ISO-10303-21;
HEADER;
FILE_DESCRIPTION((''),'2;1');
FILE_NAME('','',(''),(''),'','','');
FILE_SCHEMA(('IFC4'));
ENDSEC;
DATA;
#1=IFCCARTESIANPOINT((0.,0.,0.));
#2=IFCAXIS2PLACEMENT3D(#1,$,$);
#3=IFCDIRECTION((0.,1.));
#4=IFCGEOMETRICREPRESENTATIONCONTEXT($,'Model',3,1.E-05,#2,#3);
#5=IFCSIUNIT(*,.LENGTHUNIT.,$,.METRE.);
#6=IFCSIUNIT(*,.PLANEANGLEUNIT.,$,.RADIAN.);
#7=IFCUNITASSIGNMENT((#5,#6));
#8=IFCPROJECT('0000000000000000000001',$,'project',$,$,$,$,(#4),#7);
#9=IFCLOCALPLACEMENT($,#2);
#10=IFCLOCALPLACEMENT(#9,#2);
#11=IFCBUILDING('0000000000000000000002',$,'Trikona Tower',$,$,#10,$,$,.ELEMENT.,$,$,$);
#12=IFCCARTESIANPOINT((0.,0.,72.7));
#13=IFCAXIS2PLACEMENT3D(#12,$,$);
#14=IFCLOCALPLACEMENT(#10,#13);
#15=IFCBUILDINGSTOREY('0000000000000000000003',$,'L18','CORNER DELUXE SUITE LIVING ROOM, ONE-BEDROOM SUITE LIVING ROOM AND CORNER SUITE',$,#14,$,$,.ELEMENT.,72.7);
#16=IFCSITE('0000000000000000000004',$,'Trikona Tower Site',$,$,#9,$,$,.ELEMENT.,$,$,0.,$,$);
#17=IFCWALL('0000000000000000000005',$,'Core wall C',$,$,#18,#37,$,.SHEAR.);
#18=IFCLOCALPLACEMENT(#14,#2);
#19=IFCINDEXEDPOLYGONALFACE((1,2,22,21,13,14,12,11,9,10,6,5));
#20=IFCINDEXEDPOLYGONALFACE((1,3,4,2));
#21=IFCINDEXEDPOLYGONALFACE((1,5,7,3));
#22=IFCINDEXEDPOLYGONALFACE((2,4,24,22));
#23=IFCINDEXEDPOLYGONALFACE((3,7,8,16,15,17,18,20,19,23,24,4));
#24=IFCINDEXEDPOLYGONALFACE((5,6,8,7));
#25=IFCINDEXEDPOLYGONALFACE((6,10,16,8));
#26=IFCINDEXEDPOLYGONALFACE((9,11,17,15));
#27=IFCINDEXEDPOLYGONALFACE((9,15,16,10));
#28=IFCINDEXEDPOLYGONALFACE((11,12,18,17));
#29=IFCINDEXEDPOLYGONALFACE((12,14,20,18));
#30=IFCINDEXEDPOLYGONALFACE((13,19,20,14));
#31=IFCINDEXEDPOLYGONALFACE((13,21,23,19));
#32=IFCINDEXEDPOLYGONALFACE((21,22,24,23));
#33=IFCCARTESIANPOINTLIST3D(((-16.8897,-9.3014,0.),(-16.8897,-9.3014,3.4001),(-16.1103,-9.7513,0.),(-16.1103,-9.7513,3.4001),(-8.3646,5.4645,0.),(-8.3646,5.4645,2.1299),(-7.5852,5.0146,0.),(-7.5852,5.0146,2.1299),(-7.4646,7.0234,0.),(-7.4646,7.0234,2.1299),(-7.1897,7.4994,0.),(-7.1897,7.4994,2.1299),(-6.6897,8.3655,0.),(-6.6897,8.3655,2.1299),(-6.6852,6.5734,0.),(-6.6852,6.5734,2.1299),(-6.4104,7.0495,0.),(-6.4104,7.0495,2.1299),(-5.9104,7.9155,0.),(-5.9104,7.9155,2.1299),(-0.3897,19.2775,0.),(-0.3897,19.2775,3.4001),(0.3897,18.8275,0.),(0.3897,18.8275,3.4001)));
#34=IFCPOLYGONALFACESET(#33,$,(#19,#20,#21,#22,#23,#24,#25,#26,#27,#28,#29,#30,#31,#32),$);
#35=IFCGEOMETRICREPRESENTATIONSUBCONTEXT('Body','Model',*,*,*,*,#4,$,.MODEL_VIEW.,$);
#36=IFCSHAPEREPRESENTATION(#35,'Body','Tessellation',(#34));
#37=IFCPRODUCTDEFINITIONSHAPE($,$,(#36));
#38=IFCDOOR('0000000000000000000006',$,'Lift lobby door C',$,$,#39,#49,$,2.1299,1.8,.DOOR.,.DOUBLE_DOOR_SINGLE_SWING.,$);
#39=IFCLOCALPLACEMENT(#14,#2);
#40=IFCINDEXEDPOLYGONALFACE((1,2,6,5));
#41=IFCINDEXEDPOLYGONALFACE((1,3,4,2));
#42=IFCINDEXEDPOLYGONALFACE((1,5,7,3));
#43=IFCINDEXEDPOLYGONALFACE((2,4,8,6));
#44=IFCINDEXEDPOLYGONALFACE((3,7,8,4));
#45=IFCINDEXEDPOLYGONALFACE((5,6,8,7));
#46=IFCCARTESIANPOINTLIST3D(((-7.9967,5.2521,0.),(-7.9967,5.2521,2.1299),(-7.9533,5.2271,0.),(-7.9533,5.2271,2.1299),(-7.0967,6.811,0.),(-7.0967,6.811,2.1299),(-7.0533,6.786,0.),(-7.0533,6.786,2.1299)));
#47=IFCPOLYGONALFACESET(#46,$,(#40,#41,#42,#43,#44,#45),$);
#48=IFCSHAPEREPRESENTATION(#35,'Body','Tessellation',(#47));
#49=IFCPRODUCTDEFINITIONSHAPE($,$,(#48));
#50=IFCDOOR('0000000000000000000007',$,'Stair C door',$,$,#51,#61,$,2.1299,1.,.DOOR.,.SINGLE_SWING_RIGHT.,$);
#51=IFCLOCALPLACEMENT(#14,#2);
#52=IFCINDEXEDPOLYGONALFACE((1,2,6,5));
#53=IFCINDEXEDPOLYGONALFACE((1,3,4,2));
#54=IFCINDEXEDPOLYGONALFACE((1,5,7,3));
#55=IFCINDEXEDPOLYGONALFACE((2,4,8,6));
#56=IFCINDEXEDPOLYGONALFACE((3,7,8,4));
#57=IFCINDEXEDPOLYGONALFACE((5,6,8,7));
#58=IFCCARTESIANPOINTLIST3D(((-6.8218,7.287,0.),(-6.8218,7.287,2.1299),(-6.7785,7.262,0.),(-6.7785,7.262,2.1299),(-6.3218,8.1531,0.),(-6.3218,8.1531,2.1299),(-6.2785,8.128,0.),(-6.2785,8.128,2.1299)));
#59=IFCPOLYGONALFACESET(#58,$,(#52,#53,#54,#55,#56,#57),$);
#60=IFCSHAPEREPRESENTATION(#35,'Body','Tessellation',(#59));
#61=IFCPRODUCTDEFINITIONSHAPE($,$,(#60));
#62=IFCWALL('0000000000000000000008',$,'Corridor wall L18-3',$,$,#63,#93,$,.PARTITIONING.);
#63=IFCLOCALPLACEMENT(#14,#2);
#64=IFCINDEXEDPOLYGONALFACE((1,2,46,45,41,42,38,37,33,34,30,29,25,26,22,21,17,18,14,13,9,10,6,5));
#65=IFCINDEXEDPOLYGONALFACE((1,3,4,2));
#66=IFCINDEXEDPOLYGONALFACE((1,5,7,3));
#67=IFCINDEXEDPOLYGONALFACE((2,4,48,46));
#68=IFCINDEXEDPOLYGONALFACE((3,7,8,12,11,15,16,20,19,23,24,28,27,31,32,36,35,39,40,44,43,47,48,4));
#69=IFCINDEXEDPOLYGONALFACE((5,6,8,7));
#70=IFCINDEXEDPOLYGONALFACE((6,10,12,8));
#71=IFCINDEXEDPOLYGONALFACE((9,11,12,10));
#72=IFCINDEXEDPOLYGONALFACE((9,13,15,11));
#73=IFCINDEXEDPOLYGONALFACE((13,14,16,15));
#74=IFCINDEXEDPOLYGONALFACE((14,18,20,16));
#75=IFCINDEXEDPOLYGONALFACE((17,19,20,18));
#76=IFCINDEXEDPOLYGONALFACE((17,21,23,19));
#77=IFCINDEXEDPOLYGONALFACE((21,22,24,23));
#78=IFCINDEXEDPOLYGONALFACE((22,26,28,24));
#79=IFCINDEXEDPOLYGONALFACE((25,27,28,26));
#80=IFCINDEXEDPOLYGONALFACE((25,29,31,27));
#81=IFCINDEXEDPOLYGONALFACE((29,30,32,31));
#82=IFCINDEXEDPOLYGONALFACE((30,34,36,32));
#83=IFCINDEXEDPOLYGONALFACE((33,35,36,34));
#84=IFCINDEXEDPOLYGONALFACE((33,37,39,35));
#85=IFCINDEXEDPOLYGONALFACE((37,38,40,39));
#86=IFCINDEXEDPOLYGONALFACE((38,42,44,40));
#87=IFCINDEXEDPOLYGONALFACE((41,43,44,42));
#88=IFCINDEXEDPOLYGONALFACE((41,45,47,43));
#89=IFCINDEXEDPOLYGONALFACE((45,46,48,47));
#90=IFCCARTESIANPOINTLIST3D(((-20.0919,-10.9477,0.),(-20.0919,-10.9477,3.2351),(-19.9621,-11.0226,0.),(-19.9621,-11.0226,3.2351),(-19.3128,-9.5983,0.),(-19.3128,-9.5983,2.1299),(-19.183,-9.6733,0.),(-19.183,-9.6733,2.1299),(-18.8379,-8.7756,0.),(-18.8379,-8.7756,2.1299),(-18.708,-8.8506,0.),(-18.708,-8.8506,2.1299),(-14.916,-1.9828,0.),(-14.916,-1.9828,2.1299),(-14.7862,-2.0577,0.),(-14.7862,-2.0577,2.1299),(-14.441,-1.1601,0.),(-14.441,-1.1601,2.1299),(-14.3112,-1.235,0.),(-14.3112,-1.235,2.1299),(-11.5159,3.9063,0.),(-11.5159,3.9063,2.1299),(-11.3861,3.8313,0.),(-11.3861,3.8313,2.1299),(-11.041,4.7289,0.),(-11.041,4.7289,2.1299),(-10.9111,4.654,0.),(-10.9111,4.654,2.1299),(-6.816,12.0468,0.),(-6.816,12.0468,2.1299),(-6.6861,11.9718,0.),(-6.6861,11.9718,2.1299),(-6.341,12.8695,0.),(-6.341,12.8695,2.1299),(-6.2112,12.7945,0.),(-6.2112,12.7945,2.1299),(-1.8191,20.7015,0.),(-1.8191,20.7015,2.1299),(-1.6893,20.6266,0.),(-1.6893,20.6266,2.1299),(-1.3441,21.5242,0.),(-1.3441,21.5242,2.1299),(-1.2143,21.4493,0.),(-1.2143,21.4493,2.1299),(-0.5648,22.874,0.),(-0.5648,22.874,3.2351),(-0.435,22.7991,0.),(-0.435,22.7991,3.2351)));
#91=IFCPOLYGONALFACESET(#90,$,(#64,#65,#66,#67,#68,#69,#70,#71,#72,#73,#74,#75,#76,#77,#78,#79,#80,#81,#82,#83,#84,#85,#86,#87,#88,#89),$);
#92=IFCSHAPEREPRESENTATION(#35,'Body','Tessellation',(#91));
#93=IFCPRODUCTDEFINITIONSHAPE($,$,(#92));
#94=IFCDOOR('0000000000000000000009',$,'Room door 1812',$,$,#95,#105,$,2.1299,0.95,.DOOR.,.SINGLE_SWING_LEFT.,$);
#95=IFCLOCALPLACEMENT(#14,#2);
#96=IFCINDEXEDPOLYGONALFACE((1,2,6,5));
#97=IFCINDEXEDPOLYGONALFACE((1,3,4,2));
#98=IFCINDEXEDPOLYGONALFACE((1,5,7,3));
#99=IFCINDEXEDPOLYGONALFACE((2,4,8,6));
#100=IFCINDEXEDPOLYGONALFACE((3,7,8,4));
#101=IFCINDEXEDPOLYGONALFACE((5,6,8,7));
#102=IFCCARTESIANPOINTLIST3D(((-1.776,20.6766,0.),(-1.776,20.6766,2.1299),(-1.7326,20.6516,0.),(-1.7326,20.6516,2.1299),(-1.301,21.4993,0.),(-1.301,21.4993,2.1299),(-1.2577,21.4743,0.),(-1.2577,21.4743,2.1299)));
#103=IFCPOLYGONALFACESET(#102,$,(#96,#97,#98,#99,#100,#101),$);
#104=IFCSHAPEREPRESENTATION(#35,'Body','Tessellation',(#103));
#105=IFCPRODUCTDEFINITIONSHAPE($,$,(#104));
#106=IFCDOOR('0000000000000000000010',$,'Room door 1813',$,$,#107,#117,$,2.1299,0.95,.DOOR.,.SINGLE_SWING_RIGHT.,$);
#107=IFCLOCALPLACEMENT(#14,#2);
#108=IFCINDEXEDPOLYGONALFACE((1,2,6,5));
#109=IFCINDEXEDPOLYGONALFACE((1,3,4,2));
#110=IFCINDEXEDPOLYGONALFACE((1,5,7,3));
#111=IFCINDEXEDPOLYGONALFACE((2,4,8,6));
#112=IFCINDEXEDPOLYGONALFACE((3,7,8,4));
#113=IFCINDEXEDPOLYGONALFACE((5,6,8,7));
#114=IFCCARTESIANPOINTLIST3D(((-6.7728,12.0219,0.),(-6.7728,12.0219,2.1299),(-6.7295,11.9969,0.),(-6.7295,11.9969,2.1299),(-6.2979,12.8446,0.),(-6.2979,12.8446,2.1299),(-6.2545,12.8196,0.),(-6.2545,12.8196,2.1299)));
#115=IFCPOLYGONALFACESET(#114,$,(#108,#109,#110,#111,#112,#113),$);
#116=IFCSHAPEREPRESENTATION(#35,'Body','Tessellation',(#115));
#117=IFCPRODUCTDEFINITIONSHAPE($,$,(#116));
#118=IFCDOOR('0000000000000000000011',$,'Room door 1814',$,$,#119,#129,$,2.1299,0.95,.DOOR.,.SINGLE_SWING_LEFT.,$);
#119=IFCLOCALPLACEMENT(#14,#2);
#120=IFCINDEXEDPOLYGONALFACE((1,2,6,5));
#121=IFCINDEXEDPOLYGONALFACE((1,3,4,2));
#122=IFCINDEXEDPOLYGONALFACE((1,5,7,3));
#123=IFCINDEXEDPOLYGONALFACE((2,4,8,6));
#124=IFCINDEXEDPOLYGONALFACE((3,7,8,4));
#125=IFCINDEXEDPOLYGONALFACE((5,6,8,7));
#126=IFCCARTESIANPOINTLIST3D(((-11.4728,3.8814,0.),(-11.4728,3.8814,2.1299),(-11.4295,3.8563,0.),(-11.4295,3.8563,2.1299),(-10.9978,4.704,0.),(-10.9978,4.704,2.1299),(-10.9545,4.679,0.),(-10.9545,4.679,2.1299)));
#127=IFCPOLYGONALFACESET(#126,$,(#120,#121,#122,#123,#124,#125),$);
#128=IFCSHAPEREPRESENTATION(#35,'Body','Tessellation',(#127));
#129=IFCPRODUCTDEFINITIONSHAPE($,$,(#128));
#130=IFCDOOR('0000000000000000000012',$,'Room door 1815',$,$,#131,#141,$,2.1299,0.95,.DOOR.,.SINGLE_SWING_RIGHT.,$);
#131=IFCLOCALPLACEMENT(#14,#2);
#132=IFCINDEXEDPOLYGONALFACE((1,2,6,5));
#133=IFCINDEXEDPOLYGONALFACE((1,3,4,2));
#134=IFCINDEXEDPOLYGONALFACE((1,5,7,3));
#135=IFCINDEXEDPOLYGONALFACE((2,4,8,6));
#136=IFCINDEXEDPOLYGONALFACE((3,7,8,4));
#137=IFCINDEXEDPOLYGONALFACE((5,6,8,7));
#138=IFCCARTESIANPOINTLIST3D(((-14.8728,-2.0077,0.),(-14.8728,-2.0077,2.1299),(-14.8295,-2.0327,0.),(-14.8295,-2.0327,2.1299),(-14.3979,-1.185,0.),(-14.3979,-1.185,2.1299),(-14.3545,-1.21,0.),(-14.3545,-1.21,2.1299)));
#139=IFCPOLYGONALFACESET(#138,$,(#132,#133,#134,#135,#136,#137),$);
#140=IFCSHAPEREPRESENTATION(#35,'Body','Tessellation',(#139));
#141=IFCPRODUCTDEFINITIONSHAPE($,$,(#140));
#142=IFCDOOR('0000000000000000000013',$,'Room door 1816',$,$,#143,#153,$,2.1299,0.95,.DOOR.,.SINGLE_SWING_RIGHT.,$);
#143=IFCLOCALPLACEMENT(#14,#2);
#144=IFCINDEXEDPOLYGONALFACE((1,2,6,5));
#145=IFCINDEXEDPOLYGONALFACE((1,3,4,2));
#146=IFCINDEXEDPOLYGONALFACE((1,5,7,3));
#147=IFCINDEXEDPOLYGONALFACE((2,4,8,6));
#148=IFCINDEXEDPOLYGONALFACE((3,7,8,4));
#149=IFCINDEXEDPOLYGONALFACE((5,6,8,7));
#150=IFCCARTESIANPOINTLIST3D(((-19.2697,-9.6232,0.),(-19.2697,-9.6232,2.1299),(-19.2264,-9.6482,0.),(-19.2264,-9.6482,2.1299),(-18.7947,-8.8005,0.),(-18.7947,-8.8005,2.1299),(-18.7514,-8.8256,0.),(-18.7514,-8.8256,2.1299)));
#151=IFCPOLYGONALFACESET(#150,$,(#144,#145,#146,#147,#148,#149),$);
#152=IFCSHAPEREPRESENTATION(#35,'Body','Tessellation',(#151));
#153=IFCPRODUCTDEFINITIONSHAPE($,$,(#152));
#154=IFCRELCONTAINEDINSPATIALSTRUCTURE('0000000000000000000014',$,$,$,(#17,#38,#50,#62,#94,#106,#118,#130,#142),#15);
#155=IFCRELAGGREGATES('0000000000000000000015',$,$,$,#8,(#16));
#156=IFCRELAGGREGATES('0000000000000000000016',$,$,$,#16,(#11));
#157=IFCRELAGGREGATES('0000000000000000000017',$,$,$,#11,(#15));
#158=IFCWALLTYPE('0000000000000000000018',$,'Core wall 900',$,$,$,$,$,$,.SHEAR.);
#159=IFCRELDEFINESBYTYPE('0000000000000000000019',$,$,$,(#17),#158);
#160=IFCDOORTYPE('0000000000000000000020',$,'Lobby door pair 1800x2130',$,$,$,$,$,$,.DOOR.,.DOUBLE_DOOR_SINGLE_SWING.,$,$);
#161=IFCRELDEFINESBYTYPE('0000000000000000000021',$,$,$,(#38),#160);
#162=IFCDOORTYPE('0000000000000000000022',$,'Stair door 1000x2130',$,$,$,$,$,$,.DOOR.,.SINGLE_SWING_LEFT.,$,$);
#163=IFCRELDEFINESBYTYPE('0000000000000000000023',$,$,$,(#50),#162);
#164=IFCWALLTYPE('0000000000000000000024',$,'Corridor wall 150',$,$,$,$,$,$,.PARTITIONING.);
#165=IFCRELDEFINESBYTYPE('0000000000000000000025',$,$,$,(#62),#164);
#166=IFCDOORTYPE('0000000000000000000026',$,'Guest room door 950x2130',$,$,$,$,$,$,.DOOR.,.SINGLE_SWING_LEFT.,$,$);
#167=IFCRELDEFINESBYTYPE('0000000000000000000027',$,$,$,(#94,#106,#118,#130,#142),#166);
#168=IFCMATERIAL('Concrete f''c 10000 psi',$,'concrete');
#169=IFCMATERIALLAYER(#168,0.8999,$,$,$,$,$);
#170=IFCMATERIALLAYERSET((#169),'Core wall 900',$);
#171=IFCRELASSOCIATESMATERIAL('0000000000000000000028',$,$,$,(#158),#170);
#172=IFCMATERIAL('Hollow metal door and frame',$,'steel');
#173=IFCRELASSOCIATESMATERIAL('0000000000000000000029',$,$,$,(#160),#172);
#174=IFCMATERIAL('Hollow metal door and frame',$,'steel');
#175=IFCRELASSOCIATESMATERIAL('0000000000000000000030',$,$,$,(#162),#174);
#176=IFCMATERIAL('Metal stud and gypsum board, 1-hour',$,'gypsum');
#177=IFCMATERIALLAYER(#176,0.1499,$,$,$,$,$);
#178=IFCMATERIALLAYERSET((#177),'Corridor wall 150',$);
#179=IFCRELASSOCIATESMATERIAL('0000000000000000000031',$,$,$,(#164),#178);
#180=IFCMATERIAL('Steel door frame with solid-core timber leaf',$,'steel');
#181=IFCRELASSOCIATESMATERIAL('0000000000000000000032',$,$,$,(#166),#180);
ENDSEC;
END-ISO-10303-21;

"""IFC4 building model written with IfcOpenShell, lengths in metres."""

from ifc_helpers import new_model, si_unit, direction, frame, frame_2d, origin, place, context, subcontext, project, spatial, rectangle, extrude, material, layer, layer_set, type_object, element, fill, save


model = new_model("IFC4")

# Units and contexts
model_context = context("Model", 3, precision=1e-05, world=origin(), true_north=direction((0.0, 1.0)))
body_context = subcontext(model_context, "Body", "Model", "MODEL_VIEW")
ifc_project = project(units=[si_unit("LENGTHUNIT", "METRE"), si_unit("PLANEANGLEUNIT", "RADIAN")], contexts=[model_context])

# Site, building, storey
site_placement = place(None, origin())
site = spatial("IfcSite", under=ifc_project, at=site_placement, Name="Trikona Tower Site", CompositionType="ELEMENT", RefElevation=0.0)
building_placement = place(site_placement, origin())
building = spatial("IfcBuilding", under=site, at=building_placement, Name="Trikona Tower", CompositionType="ELEMENT")
storey_placement = place(building_placement, frame((0.0, 0.0, 72.7)))
storey = spatial("IfcBuildingStorey", under=building, at=storey_placement, Name="L18", Description="CORNER DELUXE SUITE LIVING ROOM, ONE-BEDROOM SUITE LIVING ROOM AND CORNER SUITE", CompositionType="ELEMENT", Elevation=72.7)

# Walls, openings, doors
ifc_material_1 = material(Name="Concrete f'c 10000 psi", Category="concrete")
ifc_layer_1 = layer(ifc_material_1, 0.8999)
ifc_layer_set_1 = layer_set([ifc_layer_1], Name="Core wall 900")
wall_type_1 = type_object("IfcWallType", Name="Core wall 900", PredefinedType="SHEAR", material=ifc_layer_set_1)
wall_1_placement = place(storey_placement, frame((0.0, 19.0525, 0.0), z_axis=(0.0, 0.0, 1.0), x_axis=(-0.5, -0.866026, 0.0)))
wall_1 = element("IfcWall", 1, at=wall_1_placement, inside=storey, type_object=wall_type_1, Name="Core wall C", PredefinedType="SHEAR", context=body_context, shape_type="SweptSolid", body=[
    extrude(rectangle(XDim=33.0, YDim=0.8999, at=frame_2d((16.5, 0.0))), origin(), (0.0, 0.0, 1.0), 3.4001),
])
opening_1_placement = place(wall_1_placement, frame((14.1499, 0.0, 0.0)))
opening_1 = element("IfcOpeningElement", 2, at=opening_1_placement, cuts=wall_1, PredefinedType="OPENING", context=body_context, shape_type="SweptSolid", body=[
    extrude(rectangle(XDim=1.8, YDim=2.1299, at=frame_2d((0.8999, 1.0649))), frame((0.0, 0.46, 0.0), z_axis=(0.0, -1.0, 0.0), x_axis=(1.0, 0.0, 0.0)), (0.0, 0.0, 1.0), 0.9199),
])
opening_2_placement = place(wall_1_placement, frame((12.6001, 0.0, 0.0)))
opening_2 = element("IfcOpeningElement", 3, at=opening_2_placement, cuts=wall_1, PredefinedType="OPENING", context=body_context, shape_type="SweptSolid", body=[
    extrude(rectangle(XDim=1.0, YDim=2.1299, at=frame_2d((0.5, 1.0649))), frame((0.0, 0.46, 0.0), z_axis=(0.0, -1.0, 0.0), x_axis=(1.0, 0.0, 0.0)), (0.0, 0.0, 1.0), 0.9199),
])
ifc_material_2 = material(Name="Hollow metal door and frame", Category="steel")
door_type_1 = type_object("IfcDoorType", Name="Lobby door pair 1800x2130", OperationType="DOUBLE_DOOR_SINGLE_SWING", PredefinedType="DOOR", material=ifc_material_2)
door_1_placement = place(opening_1_placement, origin())
door_1 = element("IfcDoor", 4, at=door_1_placement, inside=storey, type_object=door_type_1, Name="Lift lobby door C", OperationType="DOUBLE_DOOR_SINGLE_SWING", OverallHeight=2.1299, OverallWidth=1.8, PredefinedType="DOOR", context=body_context, shape_type="SweptSolid", body=[
    extrude(rectangle(XDim=1.8, YDim=2.1299, at=frame_2d((0.8999, 1.0649))), frame((0.0, 0.0249, 0.0), z_axis=(0.0, -1.0, 0.0), x_axis=(1.0, 0.0, 0.0)), (0.0, 0.0, 1.0), 0.05),
])
fill(opening_1, door_1)
ifc_material_3 = material(Name="Hollow metal door and frame", Category="steel")
door_type_2 = type_object("IfcDoorType", Name="Stair door 1000x2130", OperationType="SINGLE_SWING_LEFT", PredefinedType="DOOR", material=ifc_material_3)
door_2_placement = place(opening_2_placement, origin())
door_2 = element("IfcDoor", 5, at=door_2_placement, inside=storey, type_object=door_type_2, Name="Stair C door", OperationType="SINGLE_SWING_RIGHT", OverallHeight=2.1299, OverallWidth=1.0, PredefinedType="DOOR", context=body_context, shape_type="SweptSolid", body=[
    extrude(rectangle(XDim=1.0, YDim=2.1299, at=frame_2d((0.5, 1.0649))), frame((0.0, 0.0249, 0.0), z_axis=(0.0, -1.0, 0.0), x_axis=(1.0, 0.0, 0.0)), (0.0, 0.0, 1.0), 0.05),
])
fill(opening_2, door_2)
ifc_material_4 = material(Name="Metal stud and gypsum board, 1-hour", Category="gypsum")
ifc_layer_2 = layer(ifc_material_4, 0.1499)
ifc_layer_set_2 = layer_set([ifc_layer_2], Name="Corridor wall 150")
wall_type_2 = type_object("IfcWallType", Name="Corridor wall 150", PredefinedType="PARTITIONING", material=ifc_layer_set_2)
wall_2_placement = place(storey_placement, frame((-0.5, 22.8364, 0.0), z_axis=(0.0, 0.0, 1.0), x_axis=(-0.500002, -0.866024, 0.0)))
wall_2 = element("IfcWall", 6, at=wall_2_placement, inside=storey, type_object=wall_type_2, Name="Corridor wall L18-3", PredefinedType="PARTITIONING", context=body_context, shape_type="SweptSolid", body=[
    extrude(rectangle(XDim=39.054, YDim=0.1499, at=frame_2d((19.5269, 0.0))), origin(), (0.0, 0.0, 1.0), 3.2351),
])
opening_3_placement = place(wall_2_placement, frame((1.5583, 0.0, 0.0)))
opening_3 = element("IfcOpeningElement", 7, at=opening_3_placement, cuts=wall_2, PredefinedType="OPENING", context=body_context, shape_type="SweptSolid", body=[
    extrude(rectangle(XDim=0.95, YDim=2.1299, at=frame_2d((0.4751, 1.0649))), frame((0.0, 0.085, 0.0), z_axis=(0.0, -1.0, 0.0), x_axis=(1.0, 0.0, 0.0)), (0.0, 0.0, 1.0), 0.1699),
])
opening_4_placement = place(wall_2_placement, frame((11.552, 0.0, 0.0)))
opening_4 = element("IfcOpeningElement", 8, at=opening_4_placement, cuts=wall_2, PredefinedType="OPENING", context=body_context, shape_type="SweptSolid", body=[
    extrude(rectangle(XDim=0.95, YDim=2.1299, at=frame_2d((0.4751, 1.0649))), frame((0.0, 0.085, 0.0), z_axis=(0.0, -1.0, 0.0), x_axis=(1.0, 0.0, 0.0)), (0.0, 0.0, 1.0), 0.1699),
])
opening_5_placement = place(wall_2_placement, frame((20.9519, 0.0, 0.0)))
opening_5 = element("IfcOpeningElement", 9, at=opening_5_placement, cuts=wall_2, PredefinedType="OPENING", context=body_context, shape_type="SweptSolid", body=[
    extrude(rectangle(XDim=0.95, YDim=2.1299, at=frame_2d((0.4751, 1.0649))), frame((0.0, 0.085, 0.0), z_axis=(0.0, -1.0, 0.0), x_axis=(1.0, 0.0, 0.0)), (0.0, 0.0, 1.0), 0.1699),
])
opening_6_placement = place(wall_2_placement, frame((27.752, 0.0, 0.0)))
opening_6 = element("IfcOpeningElement", 10, at=opening_6_placement, cuts=wall_2, PredefinedType="OPENING", context=body_context, shape_type="SweptSolid", body=[
    extrude(rectangle(XDim=0.95, YDim=2.1299, at=frame_2d((0.4751, 1.0649))), frame((0.0, 0.085, 0.0), z_axis=(0.0, -1.0, 0.0), x_axis=(1.0, 0.0, 0.0)), (0.0, 0.0, 1.0), 0.1699),
])
opening_7_placement = place(wall_2_placement, frame((36.5457, 0.0, 0.0)))
opening_7 = element("IfcOpeningElement", 11, at=opening_7_placement, cuts=wall_2, PredefinedType="OPENING", context=body_context, shape_type="SweptSolid", body=[
    extrude(rectangle(XDim=0.95, YDim=2.1299, at=frame_2d((0.4751, 1.0649))), frame((0.0, 0.085, 0.0), z_axis=(0.0, -1.0, 0.0), x_axis=(1.0, 0.0, 0.0)), (0.0, 0.0, 1.0), 0.1699),
])
ifc_material_5 = material(Name="Steel door frame with solid-core timber leaf", Category="steel")
door_type_3 = type_object("IfcDoorType", Name="Guest room door 950x2130", OperationType="SINGLE_SWING_LEFT", PredefinedType="DOOR", material=ifc_material_5)
door_3_placement = place(opening_3_placement, origin())
door_3 = element("IfcDoor", 12, at=door_3_placement, inside=storey, type_object=door_type_3, Name="Room door 1812", OperationType="SINGLE_SWING_LEFT", OverallHeight=2.1299, OverallWidth=0.95, PredefinedType="DOOR", context=body_context, shape_type="SweptSolid", body=[
    extrude(rectangle(XDim=0.95, YDim=2.1299, at=frame_2d((0.4751, 1.0649))), frame((0.0, 0.0249, 0.0), z_axis=(0.0, -1.0, 0.0), x_axis=(1.0, 0.0, 0.0)), (0.0, 0.0, 1.0), 0.05),
])
fill(opening_3, door_3)
door_4_placement = place(opening_4_placement, origin())
door_4 = element("IfcDoor", 13, at=door_4_placement, inside=storey, type_object=door_type_3, Name="Room door 1813", OperationType="SINGLE_SWING_RIGHT", OverallHeight=2.1299, OverallWidth=0.95, PredefinedType="DOOR", context=body_context, shape_type="SweptSolid", body=[
    extrude(rectangle(XDim=0.95, YDim=2.1299, at=frame_2d((0.4751, 1.0649))), frame((0.0, 0.0249, 0.0), z_axis=(0.0, -1.0, 0.0), x_axis=(1.0, 0.0, 0.0)), (0.0, 0.0, 1.0), 0.05),
])
fill(opening_4, door_4)
door_5_placement = place(opening_5_placement, origin())
door_5 = element("IfcDoor", 14, at=door_5_placement, inside=storey, type_object=door_type_3, Name="Room door 1814", OperationType="SINGLE_SWING_LEFT", OverallHeight=2.1299, OverallWidth=0.95, PredefinedType="DOOR", context=body_context, shape_type="SweptSolid", body=[
    extrude(rectangle(XDim=0.95, YDim=2.1299, at=frame_2d((0.4751, 1.0649))), frame((0.0, 0.0249, 0.0), z_axis=(0.0, -1.0, 0.0), x_axis=(1.0, 0.0, 0.0)), (0.0, 0.0, 1.0), 0.05),
])
fill(opening_5, door_5)
door_6_placement = place(opening_6_placement, origin())
door_6 = element("IfcDoor", 15, at=door_6_placement, inside=storey, type_object=door_type_3, Name="Room door 1815", OperationType="SINGLE_SWING_RIGHT", OverallHeight=2.1299, OverallWidth=0.95, PredefinedType="DOOR", context=body_context, shape_type="SweptSolid", body=[
    extrude(rectangle(XDim=0.95, YDim=2.1299, at=frame_2d((0.4751, 1.0649))), frame((0.0, 0.0249, 0.0), z_axis=(0.0, -1.0, 0.0), x_axis=(1.0, 0.0, 0.0)), (0.0, 0.0, 1.0), 0.05),
])
fill(opening_6, door_6)
door_7_placement = place(opening_7_placement, origin())
door_7 = element("IfcDoor", 16, at=door_7_placement, inside=storey, type_object=door_type_3, Name="Room door 1816", OperationType="SINGLE_SWING_RIGHT", OverallHeight=2.1299, OverallWidth=0.95, PredefinedType="DOOR", context=body_context, shape_type="SweptSolid", body=[
    extrude(rectangle(XDim=0.95, YDim=2.1299, at=frame_2d((0.4751, 1.0649))), frame((0.0, 0.0249, 0.0), z_axis=(0.0, -1.0, 0.0), x_axis=(1.0, 0.0, 0.0)), (0.0, 0.0, 1.0), 0.05),
])
fill(opening_7, door_7)

save(model, "model.ifc")
